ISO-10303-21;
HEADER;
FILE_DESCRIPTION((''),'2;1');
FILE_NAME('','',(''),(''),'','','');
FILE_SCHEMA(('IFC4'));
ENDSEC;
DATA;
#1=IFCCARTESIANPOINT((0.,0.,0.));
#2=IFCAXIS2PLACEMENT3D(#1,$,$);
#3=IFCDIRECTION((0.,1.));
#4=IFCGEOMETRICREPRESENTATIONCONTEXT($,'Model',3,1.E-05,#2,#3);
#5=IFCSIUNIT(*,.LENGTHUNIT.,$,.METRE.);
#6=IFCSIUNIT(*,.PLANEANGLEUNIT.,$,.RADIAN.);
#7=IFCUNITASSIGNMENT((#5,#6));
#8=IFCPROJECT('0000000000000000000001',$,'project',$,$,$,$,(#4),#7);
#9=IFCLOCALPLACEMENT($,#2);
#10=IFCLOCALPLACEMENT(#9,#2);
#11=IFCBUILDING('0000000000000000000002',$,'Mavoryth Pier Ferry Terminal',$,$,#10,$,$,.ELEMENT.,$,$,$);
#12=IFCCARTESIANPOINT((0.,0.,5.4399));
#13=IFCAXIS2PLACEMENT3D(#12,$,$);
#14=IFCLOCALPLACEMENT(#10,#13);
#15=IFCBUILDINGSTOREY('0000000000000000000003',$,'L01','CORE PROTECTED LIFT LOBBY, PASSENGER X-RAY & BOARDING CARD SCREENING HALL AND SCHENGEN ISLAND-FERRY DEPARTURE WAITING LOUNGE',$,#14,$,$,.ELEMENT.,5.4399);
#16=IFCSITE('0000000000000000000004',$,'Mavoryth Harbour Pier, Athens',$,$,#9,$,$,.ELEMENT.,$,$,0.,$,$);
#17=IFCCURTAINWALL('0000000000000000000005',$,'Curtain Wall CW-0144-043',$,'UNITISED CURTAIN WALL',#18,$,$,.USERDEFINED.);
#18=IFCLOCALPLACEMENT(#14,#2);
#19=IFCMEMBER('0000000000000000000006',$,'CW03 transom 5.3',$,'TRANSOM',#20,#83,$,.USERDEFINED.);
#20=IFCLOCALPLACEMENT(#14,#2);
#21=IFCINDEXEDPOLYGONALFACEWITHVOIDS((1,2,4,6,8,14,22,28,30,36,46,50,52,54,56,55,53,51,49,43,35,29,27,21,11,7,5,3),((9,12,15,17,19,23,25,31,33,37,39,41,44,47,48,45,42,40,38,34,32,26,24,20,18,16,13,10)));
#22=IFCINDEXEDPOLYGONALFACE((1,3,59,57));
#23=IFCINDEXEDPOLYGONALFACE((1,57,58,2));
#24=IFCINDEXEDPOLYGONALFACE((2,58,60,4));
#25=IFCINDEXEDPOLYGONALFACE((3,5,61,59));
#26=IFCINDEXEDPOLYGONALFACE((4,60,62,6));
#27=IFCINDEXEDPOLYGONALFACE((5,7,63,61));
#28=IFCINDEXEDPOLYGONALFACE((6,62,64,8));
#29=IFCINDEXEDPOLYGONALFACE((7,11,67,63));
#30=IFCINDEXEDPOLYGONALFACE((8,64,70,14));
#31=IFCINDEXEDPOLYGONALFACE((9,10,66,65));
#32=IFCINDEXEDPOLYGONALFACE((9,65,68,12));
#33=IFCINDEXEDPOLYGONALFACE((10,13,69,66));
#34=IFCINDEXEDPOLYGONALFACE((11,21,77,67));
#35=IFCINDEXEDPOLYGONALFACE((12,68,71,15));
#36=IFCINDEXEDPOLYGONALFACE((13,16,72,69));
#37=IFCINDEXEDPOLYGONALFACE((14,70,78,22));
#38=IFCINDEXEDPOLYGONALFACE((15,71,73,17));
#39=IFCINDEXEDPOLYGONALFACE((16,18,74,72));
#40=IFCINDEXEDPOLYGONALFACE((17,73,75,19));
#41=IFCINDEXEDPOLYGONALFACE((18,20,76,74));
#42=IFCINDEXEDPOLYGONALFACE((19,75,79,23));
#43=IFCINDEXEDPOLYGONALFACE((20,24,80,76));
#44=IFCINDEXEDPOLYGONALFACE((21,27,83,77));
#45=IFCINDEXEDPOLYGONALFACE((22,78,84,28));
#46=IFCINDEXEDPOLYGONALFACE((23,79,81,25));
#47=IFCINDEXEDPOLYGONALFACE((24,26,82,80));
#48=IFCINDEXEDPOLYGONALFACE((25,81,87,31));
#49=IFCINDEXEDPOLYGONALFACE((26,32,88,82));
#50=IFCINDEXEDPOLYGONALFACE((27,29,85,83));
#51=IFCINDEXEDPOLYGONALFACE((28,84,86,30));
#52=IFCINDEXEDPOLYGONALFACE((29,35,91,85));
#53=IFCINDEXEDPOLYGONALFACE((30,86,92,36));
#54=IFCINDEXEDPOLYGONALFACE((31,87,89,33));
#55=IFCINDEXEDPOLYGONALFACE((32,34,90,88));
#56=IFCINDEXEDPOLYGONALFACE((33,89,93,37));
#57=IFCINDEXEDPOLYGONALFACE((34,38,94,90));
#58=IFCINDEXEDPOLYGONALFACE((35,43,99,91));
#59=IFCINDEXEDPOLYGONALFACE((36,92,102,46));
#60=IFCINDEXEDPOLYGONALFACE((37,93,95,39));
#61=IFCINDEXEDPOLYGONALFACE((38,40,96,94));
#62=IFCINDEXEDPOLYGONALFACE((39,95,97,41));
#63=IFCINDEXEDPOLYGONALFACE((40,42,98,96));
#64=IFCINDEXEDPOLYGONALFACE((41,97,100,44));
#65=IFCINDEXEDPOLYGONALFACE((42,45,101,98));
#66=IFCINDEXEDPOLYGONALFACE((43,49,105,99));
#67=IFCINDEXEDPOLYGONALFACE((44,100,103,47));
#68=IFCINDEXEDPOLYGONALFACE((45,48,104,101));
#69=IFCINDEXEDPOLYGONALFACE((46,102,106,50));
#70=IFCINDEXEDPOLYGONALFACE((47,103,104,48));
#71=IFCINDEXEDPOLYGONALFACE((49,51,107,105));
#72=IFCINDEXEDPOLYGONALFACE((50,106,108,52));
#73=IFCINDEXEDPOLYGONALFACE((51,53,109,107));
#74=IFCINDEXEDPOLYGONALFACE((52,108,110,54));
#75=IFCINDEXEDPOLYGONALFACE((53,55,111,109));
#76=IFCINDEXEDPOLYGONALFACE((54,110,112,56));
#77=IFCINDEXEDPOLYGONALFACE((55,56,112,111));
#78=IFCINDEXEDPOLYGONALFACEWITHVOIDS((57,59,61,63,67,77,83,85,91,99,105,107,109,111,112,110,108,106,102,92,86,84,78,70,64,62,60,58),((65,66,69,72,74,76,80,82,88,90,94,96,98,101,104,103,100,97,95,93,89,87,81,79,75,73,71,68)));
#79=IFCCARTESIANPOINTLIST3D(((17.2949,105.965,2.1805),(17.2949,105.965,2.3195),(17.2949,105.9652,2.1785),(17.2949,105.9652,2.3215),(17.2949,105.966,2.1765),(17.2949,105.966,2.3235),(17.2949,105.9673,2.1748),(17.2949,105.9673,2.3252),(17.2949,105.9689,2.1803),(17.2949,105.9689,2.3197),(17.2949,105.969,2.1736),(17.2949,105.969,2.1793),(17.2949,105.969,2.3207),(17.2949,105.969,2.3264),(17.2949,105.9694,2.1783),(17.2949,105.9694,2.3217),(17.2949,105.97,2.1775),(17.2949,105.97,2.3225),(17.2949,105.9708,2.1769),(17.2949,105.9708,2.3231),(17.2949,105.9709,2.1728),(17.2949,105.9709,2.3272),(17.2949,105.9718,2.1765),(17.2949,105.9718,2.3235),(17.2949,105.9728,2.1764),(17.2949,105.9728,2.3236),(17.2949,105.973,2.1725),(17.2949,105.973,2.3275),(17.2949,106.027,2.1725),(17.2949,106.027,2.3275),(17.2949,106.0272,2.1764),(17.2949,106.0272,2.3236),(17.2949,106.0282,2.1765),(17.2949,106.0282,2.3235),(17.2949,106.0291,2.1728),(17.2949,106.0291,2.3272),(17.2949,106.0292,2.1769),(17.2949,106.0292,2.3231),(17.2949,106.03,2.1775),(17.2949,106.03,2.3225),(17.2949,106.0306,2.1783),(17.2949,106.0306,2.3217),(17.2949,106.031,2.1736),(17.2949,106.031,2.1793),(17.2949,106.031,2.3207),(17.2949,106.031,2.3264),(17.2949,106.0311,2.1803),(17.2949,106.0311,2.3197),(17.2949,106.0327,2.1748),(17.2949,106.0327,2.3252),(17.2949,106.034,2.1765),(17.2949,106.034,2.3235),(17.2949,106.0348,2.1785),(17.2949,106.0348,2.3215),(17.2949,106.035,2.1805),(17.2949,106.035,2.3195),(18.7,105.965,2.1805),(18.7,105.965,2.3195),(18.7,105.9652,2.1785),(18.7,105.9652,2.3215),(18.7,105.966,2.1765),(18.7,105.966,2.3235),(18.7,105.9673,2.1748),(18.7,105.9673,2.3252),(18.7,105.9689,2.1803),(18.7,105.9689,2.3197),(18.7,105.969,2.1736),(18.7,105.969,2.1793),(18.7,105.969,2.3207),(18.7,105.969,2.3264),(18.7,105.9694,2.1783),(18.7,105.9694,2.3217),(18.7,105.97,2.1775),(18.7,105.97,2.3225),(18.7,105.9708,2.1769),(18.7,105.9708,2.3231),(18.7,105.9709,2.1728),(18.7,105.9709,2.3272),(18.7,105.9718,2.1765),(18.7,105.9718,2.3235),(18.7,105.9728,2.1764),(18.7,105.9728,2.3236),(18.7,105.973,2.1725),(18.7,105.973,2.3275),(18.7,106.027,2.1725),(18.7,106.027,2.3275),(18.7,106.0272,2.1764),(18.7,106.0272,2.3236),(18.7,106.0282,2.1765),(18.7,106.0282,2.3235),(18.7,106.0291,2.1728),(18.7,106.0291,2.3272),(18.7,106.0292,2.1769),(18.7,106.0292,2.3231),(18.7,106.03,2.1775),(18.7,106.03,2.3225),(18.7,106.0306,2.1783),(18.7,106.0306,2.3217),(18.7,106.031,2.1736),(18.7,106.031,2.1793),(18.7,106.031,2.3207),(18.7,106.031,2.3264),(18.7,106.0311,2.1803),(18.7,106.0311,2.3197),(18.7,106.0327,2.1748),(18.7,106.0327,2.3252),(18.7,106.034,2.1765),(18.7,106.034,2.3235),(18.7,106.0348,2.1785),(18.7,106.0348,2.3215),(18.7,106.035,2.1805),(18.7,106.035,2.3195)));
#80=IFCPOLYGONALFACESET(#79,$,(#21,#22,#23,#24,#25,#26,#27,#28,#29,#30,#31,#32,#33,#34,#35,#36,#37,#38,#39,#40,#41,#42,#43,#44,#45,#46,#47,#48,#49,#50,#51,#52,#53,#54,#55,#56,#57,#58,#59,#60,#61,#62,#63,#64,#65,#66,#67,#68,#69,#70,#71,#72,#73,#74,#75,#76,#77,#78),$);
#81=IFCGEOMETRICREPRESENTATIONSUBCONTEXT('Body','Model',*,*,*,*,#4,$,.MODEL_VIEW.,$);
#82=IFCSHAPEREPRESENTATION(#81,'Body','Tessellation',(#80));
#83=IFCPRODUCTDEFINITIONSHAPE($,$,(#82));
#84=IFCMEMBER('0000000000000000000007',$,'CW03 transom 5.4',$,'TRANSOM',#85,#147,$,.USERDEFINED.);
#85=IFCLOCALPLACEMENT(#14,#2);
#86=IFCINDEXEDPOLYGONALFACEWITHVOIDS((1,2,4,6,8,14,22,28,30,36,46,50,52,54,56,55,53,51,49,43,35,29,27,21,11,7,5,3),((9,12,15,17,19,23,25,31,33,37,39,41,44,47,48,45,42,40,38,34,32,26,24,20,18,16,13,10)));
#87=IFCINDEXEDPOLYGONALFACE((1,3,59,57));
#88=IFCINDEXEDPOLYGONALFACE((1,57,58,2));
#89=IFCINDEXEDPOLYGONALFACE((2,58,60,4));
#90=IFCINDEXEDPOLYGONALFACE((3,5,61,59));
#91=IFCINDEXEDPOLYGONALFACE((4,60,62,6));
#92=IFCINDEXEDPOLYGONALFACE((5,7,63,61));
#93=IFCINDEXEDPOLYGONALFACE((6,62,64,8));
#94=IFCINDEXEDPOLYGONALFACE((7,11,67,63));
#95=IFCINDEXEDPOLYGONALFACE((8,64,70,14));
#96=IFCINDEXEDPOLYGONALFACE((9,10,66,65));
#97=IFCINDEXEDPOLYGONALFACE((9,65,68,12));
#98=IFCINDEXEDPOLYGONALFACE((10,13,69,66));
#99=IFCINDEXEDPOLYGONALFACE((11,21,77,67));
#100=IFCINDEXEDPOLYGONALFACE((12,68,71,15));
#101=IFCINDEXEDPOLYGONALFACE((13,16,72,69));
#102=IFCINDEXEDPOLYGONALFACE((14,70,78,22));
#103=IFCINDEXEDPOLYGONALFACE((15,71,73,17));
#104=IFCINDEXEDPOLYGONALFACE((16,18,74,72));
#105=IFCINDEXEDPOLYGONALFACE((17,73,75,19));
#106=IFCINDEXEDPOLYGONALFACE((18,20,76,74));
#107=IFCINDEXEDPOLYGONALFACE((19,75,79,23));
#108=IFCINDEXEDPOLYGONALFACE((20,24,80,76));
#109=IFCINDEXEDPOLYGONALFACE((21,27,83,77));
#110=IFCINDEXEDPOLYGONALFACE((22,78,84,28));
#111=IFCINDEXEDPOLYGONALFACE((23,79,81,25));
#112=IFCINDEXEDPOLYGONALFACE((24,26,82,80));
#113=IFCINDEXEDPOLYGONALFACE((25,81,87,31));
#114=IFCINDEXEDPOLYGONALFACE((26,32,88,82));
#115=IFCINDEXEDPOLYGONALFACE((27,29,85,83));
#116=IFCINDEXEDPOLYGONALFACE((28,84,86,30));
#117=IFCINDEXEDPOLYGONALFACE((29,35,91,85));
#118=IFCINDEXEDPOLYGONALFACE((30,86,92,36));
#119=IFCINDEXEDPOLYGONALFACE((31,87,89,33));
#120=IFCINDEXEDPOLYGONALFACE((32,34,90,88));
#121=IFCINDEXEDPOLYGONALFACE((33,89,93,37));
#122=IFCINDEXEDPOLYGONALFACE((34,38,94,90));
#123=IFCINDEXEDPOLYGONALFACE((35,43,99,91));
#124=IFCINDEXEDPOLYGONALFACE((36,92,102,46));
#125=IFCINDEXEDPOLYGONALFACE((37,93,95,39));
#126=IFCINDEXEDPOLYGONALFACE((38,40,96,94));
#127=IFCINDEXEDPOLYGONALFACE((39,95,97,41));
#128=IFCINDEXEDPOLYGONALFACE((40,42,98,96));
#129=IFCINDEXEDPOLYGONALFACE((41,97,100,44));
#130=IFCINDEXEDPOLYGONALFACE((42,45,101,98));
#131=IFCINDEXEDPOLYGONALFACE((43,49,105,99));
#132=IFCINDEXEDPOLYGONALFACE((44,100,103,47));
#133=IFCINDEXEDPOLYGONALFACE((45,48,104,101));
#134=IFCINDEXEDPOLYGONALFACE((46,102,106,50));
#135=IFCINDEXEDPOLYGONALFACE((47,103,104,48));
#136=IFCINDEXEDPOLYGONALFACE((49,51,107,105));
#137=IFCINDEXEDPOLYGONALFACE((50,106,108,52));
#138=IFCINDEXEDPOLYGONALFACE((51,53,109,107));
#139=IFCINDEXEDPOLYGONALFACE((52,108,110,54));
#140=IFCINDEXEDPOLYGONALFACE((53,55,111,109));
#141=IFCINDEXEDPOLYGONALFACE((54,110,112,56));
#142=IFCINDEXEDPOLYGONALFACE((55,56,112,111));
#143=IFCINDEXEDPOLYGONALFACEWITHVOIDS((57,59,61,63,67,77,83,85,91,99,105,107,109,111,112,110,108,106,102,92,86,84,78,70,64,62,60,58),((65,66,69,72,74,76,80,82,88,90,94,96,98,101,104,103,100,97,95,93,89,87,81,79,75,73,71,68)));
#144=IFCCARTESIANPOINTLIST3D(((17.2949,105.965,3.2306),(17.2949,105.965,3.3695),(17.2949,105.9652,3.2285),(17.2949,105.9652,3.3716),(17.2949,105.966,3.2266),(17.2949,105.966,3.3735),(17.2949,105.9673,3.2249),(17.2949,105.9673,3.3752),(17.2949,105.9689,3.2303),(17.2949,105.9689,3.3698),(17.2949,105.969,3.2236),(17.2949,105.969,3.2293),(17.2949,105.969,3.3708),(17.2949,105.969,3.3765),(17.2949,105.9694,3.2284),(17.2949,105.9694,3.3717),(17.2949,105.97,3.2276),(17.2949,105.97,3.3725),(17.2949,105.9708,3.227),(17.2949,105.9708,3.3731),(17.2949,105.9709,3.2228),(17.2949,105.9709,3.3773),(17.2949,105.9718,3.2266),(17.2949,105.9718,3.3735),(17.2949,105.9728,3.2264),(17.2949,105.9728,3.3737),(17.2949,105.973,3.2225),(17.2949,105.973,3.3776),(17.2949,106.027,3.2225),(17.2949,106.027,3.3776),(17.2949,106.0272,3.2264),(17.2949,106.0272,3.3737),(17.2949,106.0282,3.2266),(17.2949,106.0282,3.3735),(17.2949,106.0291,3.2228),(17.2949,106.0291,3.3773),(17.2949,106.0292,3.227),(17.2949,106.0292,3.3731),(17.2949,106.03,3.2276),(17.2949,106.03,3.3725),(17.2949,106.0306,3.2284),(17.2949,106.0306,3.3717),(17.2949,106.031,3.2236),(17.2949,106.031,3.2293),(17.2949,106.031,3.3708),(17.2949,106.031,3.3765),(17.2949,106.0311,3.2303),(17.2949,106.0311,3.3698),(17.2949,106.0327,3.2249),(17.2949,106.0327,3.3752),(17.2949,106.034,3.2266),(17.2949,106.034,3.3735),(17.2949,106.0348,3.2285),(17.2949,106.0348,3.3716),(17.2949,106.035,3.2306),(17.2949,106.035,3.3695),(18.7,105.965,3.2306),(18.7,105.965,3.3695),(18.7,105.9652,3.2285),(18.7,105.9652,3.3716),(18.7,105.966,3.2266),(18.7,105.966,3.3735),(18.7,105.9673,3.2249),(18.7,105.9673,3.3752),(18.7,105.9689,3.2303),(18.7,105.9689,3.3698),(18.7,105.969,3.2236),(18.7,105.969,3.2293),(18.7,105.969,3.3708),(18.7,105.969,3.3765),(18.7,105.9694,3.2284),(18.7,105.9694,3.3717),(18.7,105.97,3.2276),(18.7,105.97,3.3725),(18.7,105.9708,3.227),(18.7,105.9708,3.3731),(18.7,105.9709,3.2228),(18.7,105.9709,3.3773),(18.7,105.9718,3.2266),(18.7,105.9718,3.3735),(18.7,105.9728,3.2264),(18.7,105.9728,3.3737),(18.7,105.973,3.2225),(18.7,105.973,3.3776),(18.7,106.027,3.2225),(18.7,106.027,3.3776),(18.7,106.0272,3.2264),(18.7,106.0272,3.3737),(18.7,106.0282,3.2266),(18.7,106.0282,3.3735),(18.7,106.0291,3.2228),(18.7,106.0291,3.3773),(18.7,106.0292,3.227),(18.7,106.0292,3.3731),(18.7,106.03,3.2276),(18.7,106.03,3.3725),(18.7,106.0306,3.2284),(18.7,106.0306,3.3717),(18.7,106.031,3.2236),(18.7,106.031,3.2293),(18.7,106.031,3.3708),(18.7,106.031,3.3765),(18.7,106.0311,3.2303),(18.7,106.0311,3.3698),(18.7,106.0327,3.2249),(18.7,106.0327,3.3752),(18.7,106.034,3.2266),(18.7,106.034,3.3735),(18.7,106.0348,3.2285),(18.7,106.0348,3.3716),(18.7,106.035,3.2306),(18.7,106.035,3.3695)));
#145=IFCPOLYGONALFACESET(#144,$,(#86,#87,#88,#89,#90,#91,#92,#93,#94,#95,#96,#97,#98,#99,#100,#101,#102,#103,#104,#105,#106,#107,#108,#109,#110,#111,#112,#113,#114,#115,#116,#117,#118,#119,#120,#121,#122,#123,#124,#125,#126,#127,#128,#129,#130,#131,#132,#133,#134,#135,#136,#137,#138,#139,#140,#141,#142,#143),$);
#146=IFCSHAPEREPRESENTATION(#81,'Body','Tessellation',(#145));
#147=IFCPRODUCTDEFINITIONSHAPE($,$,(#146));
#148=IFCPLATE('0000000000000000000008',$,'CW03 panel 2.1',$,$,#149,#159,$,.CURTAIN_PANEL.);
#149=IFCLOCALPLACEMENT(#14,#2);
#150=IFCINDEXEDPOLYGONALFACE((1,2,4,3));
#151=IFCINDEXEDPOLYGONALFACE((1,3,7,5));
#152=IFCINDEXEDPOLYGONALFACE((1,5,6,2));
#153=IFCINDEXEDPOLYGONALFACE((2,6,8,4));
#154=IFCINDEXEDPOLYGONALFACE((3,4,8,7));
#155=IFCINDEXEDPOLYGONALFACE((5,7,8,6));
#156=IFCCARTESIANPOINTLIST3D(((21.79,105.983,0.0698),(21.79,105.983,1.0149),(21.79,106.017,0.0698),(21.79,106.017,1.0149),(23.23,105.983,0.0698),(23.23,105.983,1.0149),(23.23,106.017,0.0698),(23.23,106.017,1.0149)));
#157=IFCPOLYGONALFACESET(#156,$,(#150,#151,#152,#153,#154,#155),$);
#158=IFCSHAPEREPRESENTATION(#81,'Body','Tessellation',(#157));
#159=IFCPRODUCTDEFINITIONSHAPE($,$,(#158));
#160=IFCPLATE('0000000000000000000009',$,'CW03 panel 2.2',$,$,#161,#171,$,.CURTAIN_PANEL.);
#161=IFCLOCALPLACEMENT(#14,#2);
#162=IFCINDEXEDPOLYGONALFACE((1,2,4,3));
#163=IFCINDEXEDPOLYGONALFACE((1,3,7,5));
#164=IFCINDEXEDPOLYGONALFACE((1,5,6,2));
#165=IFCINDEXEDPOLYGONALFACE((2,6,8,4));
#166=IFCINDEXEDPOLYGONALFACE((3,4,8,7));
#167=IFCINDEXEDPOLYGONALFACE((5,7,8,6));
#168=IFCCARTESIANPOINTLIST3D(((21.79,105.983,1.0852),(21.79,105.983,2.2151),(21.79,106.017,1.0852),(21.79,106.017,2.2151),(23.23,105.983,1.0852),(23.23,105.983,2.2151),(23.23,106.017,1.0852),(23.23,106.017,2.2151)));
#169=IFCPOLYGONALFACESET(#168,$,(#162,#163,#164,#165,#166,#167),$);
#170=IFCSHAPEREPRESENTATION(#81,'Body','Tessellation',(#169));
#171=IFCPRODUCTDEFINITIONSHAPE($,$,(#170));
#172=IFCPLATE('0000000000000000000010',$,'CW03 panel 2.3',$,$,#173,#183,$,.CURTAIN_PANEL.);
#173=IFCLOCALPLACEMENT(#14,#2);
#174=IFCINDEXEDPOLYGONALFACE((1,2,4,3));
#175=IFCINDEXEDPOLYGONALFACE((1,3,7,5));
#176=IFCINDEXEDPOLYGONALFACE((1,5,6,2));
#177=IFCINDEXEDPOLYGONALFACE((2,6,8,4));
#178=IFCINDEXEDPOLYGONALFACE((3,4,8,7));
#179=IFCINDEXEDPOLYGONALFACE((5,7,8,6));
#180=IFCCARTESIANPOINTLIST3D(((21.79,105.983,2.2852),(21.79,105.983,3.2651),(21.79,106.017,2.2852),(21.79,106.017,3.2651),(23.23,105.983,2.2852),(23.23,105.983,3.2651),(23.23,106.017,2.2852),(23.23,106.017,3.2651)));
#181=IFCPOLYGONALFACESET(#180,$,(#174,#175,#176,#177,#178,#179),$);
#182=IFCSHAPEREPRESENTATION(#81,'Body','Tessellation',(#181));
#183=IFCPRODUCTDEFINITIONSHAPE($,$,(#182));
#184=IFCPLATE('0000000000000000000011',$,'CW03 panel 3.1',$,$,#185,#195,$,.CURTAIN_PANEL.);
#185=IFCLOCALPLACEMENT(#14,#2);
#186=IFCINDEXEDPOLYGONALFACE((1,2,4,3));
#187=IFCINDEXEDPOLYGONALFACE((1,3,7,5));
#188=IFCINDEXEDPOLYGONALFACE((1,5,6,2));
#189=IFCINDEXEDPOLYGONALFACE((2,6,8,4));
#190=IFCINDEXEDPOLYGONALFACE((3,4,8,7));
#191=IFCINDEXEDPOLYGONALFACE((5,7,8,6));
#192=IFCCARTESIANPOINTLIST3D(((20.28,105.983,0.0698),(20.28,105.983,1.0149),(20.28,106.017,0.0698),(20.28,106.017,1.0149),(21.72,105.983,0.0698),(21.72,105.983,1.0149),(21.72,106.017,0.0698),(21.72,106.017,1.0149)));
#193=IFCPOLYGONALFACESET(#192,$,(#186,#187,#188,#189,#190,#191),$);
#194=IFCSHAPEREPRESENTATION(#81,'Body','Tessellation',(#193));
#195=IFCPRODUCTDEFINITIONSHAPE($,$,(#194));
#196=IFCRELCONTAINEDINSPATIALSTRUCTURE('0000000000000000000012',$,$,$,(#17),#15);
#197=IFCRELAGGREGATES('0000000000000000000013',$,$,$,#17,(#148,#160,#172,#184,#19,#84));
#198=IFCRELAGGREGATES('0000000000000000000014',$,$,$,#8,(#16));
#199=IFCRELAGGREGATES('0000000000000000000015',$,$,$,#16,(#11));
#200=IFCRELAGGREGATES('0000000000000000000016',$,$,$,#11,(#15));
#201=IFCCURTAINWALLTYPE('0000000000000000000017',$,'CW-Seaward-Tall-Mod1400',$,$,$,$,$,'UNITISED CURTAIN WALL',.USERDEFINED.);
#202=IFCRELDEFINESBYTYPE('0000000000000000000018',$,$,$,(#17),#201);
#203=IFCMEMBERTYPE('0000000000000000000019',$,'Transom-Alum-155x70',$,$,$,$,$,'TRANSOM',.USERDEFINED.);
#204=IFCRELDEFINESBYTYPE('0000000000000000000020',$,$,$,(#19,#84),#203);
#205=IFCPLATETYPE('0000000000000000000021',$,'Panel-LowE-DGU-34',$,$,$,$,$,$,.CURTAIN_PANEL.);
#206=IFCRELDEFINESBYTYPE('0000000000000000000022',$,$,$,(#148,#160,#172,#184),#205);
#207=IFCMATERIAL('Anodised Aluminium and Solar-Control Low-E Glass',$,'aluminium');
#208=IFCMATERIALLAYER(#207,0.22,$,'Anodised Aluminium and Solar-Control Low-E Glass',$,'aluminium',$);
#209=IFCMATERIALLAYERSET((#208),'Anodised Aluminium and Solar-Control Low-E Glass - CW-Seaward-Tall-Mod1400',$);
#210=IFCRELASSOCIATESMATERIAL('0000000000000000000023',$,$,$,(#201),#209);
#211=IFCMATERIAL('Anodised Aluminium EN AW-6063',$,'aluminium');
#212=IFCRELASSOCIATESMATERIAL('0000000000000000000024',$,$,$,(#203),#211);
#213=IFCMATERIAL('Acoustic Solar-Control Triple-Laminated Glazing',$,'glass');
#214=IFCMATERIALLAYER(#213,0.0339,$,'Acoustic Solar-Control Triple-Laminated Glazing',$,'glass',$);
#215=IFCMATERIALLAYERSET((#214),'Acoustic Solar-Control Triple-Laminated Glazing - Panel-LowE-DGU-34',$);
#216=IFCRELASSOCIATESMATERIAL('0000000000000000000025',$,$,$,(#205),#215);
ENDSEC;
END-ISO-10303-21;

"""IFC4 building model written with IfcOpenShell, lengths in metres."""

from ifc_helpers import new_model, si_unit, direction, frame, origin, origin_2d, place, context, subcontext, project, spatial, rectangle, hollow_rectangle, extrude, material, layer, layer_set, material_profile, profile_set, type_object, element, aggregate, save


model = new_model("IFC4")

# Units and contexts
model_context = context("Model", 3, precision=1e-05, world=origin(), true_north=direction((0.0, 1.0)))
body_context = subcontext(model_context, "Body", "Model", "MODEL_VIEW")
ifc_project = project(units=[si_unit("LENGTHUNIT", "METRE"), si_unit("PLANEANGLEUNIT", "RADIAN")], contexts=[model_context])

# Site, building, storey
site_placement = place(None, origin())
site = spatial("IfcSite", under=ifc_project, at=site_placement, Name="Mavoryth Harbour Pier, Athens", CompositionType="ELEMENT", RefElevation=0.0)
building_placement = place(site_placement, origin())
building = spatial("IfcBuilding", under=site, at=building_placement, Name="Mavoryth Pier Ferry Terminal", CompositionType="ELEMENT")
storey_placement = place(building_placement, frame((0.0, 0.0, 5.4399)))
storey = spatial("IfcBuildingStorey", under=building, at=storey_placement, Name="L01", Description="CORE PROTECTED LIFT LOBBY, PASSENGER X-RAY & BOARDING CARD SCREENING HALL AND SCHENGEN ISLAND-FERRY DEPARTURE WAITING LOUNGE", CompositionType="ELEMENT", Elevation=5.4399)

# Curtain wall
ifc_material_1 = material(Name="Anodised Aluminium and Solar-Control Low-E Glass", Category="aluminium")
ifc_layer_1 = layer(ifc_material_1, 0.22, Name="Anodised Aluminium and Solar-Control Low-E Glass", Category="aluminium")
ifc_layer_set_1 = layer_set([ifc_layer_1], Name="Anodised Aluminium and Solar-Control Low-E Glass - CW-Seaward-Tall-Mod1400")
curtain_wall_type = type_object("IfcCurtainWallType", Name="CW-Seaward-Tall-Mod1400", ElementType="UNITISED CURTAIN WALL", PredefinedType="USERDEFINED", material=ifc_layer_set_1)
curtain_wall_placement = place(storey_placement, origin())
curtain_wall = element("IfcCurtainWall", 1, at=curtain_wall_placement, inside=storey, type_object=curtain_wall_type, Name="Curtain Wall CW-0144-043", ObjectType="UNITISED CURTAIN WALL", PredefinedType="USERDEFINED")
ifc_material_2 = material(Name="Anodised Aluminium EN AW-6063", Category="aluminium")

# Members
ifc_material_profile_1 = material_profile(ifc_material_2, hollow_rectangle(XDim=0.0701, YDim=0.155, WallThickness=0.0039, InnerFilletRadius=0.0039, OuterFilletRadius=0.0081, at=origin_2d()), Name="AL-TRAN 155x70x4", Category="aluminium")
ifc_profile_set_1 = profile_set([ifc_material_profile_1], Name="Anodised Aluminium EN AW-6063 - AL-TRAN 155x70x4")
member_type_1 = type_object("IfcMemberType", Name="Transom-Alum-155x70", ElementType="TRANSOM", PredefinedType="USERDEFINED", material=ifc_profile_set_1)
member_1_placement = place(storey_placement, frame((18.7, 106.0, 2.25), z_axis=(-1.0, 0.0, 0.0), x_axis=(0.0, -1.0, 0.0)))
member_1 = element("IfcMember", 2, at=member_1_placement, type_object=member_type_1, Name="CW03 transom 5.3", ObjectType="TRANSOM", PredefinedType="USERDEFINED", context=body_context, shape_type="SweptSolid", body=[
    extrude(hollow_rectangle(XDim=0.0701, YDim=0.155, WallThickness=0.0039, InnerFilletRadius=0.0039, OuterFilletRadius=0.0081, at=origin_2d()), origin(), (0.0, 0.0, 1.0), 1.405),
])
member_2_placement = place(storey_placement, frame((18.7, 106.0, 3.3), z_axis=(-1.0, 0.0, 0.0), x_axis=(0.0, -1.0, 0.0)))
member_2 = element("IfcMember", 3, at=member_2_placement, type_object=member_type_1, Name="CW03 transom 5.4", ObjectType="TRANSOM", PredefinedType="USERDEFINED", context=body_context, shape_type="SweptSolid", body=[
    extrude(hollow_rectangle(XDim=0.0701, YDim=0.155, WallThickness=0.0039, InnerFilletRadius=0.0039, OuterFilletRadius=0.0081, at=origin_2d()), origin(), (0.0, 0.0, 1.0), 1.405),
])

# Plates
ifc_material_3 = material(Name="Acoustic Solar-Control Triple-Laminated Glazing", Category="glass")
ifc_layer_2 = layer(ifc_material_3, 0.0339, Name="Acoustic Solar-Control Triple-Laminated Glazing", Category="glass")
ifc_layer_set_2 = layer_set([ifc_layer_2], Name="Acoustic Solar-Control Triple-Laminated Glazing - Panel-LowE-DGU-34")
plate_type = type_object("IfcPlateType", Name="Panel-LowE-DGU-34", PredefinedType="CURTAIN_PANEL", material=ifc_layer_set_2)
plate_1_placement = place(storey_placement, frame((22.51, 106.0, 0.0698), z_axis=(0.0, 0.0, 1.0), x_axis=(-1.0, 0.0, 0.0)))
plate_1 = element("IfcPlate", 4, at=plate_1_placement, type_object=plate_type, Name="CW03 panel 2.1", PredefinedType="CURTAIN_PANEL", context=body_context, shape_type="SweptSolid", body=[
    extrude(rectangle(XDim=1.4399, YDim=0.0339, at=origin_2d()), origin(), (0.0, 0.0, 1.0), 0.9451),
])
plate_2_placement = place(storey_placement, frame((22.51, 106.0, 1.0852), z_axis=(0.0, 0.0, 1.0), x_axis=(-1.0, 0.0, 0.0)))
plate_2 = element("IfcPlate", 5, at=plate_2_placement, type_object=plate_type, Name="CW03 panel 2.2", PredefinedType="CURTAIN_PANEL", context=body_context, shape_type="SweptSolid", body=[
    extrude(rectangle(XDim=1.4399, YDim=0.0339, at=origin_2d()), origin(), (0.0, 0.0, 1.0), 1.1299),
])
plate_3_placement = place(storey_placement, frame((22.51, 106.0, 2.2852), z_axis=(0.0, 0.0, 1.0), x_axis=(-1.0, 0.0, 0.0)))
plate_3 = element("IfcPlate", 6, at=plate_3_placement, type_object=plate_type, Name="CW03 panel 2.3", PredefinedType="CURTAIN_PANEL", context=body_context, shape_type="SweptSolid", body=[
    extrude(rectangle(XDim=1.4399, YDim=0.0339, at=origin_2d()), origin(), (0.0, 0.0, 1.0), 0.98),
])
plate_4_placement = place(storey_placement, frame((21.0, 106.0, 0.0698), z_axis=(0.0, 0.0, 1.0), x_axis=(-1.0, 0.0, 0.0)))
plate_4 = element("IfcPlate", 7, at=plate_4_placement, type_object=plate_type, Name="CW03 panel 3.1", PredefinedType="CURTAIN_PANEL", context=body_context, shape_type="SweptSolid", body=[
    extrude(rectangle(XDim=1.4399, YDim=0.0339, at=origin_2d()), origin(), (0.0, 0.0, 1.0), 0.9451),
])
aggregate(curtain_wall, [plate_1, plate_2, plate_3, plate_4, member_1, member_2])

save(model, "model.ifc")
